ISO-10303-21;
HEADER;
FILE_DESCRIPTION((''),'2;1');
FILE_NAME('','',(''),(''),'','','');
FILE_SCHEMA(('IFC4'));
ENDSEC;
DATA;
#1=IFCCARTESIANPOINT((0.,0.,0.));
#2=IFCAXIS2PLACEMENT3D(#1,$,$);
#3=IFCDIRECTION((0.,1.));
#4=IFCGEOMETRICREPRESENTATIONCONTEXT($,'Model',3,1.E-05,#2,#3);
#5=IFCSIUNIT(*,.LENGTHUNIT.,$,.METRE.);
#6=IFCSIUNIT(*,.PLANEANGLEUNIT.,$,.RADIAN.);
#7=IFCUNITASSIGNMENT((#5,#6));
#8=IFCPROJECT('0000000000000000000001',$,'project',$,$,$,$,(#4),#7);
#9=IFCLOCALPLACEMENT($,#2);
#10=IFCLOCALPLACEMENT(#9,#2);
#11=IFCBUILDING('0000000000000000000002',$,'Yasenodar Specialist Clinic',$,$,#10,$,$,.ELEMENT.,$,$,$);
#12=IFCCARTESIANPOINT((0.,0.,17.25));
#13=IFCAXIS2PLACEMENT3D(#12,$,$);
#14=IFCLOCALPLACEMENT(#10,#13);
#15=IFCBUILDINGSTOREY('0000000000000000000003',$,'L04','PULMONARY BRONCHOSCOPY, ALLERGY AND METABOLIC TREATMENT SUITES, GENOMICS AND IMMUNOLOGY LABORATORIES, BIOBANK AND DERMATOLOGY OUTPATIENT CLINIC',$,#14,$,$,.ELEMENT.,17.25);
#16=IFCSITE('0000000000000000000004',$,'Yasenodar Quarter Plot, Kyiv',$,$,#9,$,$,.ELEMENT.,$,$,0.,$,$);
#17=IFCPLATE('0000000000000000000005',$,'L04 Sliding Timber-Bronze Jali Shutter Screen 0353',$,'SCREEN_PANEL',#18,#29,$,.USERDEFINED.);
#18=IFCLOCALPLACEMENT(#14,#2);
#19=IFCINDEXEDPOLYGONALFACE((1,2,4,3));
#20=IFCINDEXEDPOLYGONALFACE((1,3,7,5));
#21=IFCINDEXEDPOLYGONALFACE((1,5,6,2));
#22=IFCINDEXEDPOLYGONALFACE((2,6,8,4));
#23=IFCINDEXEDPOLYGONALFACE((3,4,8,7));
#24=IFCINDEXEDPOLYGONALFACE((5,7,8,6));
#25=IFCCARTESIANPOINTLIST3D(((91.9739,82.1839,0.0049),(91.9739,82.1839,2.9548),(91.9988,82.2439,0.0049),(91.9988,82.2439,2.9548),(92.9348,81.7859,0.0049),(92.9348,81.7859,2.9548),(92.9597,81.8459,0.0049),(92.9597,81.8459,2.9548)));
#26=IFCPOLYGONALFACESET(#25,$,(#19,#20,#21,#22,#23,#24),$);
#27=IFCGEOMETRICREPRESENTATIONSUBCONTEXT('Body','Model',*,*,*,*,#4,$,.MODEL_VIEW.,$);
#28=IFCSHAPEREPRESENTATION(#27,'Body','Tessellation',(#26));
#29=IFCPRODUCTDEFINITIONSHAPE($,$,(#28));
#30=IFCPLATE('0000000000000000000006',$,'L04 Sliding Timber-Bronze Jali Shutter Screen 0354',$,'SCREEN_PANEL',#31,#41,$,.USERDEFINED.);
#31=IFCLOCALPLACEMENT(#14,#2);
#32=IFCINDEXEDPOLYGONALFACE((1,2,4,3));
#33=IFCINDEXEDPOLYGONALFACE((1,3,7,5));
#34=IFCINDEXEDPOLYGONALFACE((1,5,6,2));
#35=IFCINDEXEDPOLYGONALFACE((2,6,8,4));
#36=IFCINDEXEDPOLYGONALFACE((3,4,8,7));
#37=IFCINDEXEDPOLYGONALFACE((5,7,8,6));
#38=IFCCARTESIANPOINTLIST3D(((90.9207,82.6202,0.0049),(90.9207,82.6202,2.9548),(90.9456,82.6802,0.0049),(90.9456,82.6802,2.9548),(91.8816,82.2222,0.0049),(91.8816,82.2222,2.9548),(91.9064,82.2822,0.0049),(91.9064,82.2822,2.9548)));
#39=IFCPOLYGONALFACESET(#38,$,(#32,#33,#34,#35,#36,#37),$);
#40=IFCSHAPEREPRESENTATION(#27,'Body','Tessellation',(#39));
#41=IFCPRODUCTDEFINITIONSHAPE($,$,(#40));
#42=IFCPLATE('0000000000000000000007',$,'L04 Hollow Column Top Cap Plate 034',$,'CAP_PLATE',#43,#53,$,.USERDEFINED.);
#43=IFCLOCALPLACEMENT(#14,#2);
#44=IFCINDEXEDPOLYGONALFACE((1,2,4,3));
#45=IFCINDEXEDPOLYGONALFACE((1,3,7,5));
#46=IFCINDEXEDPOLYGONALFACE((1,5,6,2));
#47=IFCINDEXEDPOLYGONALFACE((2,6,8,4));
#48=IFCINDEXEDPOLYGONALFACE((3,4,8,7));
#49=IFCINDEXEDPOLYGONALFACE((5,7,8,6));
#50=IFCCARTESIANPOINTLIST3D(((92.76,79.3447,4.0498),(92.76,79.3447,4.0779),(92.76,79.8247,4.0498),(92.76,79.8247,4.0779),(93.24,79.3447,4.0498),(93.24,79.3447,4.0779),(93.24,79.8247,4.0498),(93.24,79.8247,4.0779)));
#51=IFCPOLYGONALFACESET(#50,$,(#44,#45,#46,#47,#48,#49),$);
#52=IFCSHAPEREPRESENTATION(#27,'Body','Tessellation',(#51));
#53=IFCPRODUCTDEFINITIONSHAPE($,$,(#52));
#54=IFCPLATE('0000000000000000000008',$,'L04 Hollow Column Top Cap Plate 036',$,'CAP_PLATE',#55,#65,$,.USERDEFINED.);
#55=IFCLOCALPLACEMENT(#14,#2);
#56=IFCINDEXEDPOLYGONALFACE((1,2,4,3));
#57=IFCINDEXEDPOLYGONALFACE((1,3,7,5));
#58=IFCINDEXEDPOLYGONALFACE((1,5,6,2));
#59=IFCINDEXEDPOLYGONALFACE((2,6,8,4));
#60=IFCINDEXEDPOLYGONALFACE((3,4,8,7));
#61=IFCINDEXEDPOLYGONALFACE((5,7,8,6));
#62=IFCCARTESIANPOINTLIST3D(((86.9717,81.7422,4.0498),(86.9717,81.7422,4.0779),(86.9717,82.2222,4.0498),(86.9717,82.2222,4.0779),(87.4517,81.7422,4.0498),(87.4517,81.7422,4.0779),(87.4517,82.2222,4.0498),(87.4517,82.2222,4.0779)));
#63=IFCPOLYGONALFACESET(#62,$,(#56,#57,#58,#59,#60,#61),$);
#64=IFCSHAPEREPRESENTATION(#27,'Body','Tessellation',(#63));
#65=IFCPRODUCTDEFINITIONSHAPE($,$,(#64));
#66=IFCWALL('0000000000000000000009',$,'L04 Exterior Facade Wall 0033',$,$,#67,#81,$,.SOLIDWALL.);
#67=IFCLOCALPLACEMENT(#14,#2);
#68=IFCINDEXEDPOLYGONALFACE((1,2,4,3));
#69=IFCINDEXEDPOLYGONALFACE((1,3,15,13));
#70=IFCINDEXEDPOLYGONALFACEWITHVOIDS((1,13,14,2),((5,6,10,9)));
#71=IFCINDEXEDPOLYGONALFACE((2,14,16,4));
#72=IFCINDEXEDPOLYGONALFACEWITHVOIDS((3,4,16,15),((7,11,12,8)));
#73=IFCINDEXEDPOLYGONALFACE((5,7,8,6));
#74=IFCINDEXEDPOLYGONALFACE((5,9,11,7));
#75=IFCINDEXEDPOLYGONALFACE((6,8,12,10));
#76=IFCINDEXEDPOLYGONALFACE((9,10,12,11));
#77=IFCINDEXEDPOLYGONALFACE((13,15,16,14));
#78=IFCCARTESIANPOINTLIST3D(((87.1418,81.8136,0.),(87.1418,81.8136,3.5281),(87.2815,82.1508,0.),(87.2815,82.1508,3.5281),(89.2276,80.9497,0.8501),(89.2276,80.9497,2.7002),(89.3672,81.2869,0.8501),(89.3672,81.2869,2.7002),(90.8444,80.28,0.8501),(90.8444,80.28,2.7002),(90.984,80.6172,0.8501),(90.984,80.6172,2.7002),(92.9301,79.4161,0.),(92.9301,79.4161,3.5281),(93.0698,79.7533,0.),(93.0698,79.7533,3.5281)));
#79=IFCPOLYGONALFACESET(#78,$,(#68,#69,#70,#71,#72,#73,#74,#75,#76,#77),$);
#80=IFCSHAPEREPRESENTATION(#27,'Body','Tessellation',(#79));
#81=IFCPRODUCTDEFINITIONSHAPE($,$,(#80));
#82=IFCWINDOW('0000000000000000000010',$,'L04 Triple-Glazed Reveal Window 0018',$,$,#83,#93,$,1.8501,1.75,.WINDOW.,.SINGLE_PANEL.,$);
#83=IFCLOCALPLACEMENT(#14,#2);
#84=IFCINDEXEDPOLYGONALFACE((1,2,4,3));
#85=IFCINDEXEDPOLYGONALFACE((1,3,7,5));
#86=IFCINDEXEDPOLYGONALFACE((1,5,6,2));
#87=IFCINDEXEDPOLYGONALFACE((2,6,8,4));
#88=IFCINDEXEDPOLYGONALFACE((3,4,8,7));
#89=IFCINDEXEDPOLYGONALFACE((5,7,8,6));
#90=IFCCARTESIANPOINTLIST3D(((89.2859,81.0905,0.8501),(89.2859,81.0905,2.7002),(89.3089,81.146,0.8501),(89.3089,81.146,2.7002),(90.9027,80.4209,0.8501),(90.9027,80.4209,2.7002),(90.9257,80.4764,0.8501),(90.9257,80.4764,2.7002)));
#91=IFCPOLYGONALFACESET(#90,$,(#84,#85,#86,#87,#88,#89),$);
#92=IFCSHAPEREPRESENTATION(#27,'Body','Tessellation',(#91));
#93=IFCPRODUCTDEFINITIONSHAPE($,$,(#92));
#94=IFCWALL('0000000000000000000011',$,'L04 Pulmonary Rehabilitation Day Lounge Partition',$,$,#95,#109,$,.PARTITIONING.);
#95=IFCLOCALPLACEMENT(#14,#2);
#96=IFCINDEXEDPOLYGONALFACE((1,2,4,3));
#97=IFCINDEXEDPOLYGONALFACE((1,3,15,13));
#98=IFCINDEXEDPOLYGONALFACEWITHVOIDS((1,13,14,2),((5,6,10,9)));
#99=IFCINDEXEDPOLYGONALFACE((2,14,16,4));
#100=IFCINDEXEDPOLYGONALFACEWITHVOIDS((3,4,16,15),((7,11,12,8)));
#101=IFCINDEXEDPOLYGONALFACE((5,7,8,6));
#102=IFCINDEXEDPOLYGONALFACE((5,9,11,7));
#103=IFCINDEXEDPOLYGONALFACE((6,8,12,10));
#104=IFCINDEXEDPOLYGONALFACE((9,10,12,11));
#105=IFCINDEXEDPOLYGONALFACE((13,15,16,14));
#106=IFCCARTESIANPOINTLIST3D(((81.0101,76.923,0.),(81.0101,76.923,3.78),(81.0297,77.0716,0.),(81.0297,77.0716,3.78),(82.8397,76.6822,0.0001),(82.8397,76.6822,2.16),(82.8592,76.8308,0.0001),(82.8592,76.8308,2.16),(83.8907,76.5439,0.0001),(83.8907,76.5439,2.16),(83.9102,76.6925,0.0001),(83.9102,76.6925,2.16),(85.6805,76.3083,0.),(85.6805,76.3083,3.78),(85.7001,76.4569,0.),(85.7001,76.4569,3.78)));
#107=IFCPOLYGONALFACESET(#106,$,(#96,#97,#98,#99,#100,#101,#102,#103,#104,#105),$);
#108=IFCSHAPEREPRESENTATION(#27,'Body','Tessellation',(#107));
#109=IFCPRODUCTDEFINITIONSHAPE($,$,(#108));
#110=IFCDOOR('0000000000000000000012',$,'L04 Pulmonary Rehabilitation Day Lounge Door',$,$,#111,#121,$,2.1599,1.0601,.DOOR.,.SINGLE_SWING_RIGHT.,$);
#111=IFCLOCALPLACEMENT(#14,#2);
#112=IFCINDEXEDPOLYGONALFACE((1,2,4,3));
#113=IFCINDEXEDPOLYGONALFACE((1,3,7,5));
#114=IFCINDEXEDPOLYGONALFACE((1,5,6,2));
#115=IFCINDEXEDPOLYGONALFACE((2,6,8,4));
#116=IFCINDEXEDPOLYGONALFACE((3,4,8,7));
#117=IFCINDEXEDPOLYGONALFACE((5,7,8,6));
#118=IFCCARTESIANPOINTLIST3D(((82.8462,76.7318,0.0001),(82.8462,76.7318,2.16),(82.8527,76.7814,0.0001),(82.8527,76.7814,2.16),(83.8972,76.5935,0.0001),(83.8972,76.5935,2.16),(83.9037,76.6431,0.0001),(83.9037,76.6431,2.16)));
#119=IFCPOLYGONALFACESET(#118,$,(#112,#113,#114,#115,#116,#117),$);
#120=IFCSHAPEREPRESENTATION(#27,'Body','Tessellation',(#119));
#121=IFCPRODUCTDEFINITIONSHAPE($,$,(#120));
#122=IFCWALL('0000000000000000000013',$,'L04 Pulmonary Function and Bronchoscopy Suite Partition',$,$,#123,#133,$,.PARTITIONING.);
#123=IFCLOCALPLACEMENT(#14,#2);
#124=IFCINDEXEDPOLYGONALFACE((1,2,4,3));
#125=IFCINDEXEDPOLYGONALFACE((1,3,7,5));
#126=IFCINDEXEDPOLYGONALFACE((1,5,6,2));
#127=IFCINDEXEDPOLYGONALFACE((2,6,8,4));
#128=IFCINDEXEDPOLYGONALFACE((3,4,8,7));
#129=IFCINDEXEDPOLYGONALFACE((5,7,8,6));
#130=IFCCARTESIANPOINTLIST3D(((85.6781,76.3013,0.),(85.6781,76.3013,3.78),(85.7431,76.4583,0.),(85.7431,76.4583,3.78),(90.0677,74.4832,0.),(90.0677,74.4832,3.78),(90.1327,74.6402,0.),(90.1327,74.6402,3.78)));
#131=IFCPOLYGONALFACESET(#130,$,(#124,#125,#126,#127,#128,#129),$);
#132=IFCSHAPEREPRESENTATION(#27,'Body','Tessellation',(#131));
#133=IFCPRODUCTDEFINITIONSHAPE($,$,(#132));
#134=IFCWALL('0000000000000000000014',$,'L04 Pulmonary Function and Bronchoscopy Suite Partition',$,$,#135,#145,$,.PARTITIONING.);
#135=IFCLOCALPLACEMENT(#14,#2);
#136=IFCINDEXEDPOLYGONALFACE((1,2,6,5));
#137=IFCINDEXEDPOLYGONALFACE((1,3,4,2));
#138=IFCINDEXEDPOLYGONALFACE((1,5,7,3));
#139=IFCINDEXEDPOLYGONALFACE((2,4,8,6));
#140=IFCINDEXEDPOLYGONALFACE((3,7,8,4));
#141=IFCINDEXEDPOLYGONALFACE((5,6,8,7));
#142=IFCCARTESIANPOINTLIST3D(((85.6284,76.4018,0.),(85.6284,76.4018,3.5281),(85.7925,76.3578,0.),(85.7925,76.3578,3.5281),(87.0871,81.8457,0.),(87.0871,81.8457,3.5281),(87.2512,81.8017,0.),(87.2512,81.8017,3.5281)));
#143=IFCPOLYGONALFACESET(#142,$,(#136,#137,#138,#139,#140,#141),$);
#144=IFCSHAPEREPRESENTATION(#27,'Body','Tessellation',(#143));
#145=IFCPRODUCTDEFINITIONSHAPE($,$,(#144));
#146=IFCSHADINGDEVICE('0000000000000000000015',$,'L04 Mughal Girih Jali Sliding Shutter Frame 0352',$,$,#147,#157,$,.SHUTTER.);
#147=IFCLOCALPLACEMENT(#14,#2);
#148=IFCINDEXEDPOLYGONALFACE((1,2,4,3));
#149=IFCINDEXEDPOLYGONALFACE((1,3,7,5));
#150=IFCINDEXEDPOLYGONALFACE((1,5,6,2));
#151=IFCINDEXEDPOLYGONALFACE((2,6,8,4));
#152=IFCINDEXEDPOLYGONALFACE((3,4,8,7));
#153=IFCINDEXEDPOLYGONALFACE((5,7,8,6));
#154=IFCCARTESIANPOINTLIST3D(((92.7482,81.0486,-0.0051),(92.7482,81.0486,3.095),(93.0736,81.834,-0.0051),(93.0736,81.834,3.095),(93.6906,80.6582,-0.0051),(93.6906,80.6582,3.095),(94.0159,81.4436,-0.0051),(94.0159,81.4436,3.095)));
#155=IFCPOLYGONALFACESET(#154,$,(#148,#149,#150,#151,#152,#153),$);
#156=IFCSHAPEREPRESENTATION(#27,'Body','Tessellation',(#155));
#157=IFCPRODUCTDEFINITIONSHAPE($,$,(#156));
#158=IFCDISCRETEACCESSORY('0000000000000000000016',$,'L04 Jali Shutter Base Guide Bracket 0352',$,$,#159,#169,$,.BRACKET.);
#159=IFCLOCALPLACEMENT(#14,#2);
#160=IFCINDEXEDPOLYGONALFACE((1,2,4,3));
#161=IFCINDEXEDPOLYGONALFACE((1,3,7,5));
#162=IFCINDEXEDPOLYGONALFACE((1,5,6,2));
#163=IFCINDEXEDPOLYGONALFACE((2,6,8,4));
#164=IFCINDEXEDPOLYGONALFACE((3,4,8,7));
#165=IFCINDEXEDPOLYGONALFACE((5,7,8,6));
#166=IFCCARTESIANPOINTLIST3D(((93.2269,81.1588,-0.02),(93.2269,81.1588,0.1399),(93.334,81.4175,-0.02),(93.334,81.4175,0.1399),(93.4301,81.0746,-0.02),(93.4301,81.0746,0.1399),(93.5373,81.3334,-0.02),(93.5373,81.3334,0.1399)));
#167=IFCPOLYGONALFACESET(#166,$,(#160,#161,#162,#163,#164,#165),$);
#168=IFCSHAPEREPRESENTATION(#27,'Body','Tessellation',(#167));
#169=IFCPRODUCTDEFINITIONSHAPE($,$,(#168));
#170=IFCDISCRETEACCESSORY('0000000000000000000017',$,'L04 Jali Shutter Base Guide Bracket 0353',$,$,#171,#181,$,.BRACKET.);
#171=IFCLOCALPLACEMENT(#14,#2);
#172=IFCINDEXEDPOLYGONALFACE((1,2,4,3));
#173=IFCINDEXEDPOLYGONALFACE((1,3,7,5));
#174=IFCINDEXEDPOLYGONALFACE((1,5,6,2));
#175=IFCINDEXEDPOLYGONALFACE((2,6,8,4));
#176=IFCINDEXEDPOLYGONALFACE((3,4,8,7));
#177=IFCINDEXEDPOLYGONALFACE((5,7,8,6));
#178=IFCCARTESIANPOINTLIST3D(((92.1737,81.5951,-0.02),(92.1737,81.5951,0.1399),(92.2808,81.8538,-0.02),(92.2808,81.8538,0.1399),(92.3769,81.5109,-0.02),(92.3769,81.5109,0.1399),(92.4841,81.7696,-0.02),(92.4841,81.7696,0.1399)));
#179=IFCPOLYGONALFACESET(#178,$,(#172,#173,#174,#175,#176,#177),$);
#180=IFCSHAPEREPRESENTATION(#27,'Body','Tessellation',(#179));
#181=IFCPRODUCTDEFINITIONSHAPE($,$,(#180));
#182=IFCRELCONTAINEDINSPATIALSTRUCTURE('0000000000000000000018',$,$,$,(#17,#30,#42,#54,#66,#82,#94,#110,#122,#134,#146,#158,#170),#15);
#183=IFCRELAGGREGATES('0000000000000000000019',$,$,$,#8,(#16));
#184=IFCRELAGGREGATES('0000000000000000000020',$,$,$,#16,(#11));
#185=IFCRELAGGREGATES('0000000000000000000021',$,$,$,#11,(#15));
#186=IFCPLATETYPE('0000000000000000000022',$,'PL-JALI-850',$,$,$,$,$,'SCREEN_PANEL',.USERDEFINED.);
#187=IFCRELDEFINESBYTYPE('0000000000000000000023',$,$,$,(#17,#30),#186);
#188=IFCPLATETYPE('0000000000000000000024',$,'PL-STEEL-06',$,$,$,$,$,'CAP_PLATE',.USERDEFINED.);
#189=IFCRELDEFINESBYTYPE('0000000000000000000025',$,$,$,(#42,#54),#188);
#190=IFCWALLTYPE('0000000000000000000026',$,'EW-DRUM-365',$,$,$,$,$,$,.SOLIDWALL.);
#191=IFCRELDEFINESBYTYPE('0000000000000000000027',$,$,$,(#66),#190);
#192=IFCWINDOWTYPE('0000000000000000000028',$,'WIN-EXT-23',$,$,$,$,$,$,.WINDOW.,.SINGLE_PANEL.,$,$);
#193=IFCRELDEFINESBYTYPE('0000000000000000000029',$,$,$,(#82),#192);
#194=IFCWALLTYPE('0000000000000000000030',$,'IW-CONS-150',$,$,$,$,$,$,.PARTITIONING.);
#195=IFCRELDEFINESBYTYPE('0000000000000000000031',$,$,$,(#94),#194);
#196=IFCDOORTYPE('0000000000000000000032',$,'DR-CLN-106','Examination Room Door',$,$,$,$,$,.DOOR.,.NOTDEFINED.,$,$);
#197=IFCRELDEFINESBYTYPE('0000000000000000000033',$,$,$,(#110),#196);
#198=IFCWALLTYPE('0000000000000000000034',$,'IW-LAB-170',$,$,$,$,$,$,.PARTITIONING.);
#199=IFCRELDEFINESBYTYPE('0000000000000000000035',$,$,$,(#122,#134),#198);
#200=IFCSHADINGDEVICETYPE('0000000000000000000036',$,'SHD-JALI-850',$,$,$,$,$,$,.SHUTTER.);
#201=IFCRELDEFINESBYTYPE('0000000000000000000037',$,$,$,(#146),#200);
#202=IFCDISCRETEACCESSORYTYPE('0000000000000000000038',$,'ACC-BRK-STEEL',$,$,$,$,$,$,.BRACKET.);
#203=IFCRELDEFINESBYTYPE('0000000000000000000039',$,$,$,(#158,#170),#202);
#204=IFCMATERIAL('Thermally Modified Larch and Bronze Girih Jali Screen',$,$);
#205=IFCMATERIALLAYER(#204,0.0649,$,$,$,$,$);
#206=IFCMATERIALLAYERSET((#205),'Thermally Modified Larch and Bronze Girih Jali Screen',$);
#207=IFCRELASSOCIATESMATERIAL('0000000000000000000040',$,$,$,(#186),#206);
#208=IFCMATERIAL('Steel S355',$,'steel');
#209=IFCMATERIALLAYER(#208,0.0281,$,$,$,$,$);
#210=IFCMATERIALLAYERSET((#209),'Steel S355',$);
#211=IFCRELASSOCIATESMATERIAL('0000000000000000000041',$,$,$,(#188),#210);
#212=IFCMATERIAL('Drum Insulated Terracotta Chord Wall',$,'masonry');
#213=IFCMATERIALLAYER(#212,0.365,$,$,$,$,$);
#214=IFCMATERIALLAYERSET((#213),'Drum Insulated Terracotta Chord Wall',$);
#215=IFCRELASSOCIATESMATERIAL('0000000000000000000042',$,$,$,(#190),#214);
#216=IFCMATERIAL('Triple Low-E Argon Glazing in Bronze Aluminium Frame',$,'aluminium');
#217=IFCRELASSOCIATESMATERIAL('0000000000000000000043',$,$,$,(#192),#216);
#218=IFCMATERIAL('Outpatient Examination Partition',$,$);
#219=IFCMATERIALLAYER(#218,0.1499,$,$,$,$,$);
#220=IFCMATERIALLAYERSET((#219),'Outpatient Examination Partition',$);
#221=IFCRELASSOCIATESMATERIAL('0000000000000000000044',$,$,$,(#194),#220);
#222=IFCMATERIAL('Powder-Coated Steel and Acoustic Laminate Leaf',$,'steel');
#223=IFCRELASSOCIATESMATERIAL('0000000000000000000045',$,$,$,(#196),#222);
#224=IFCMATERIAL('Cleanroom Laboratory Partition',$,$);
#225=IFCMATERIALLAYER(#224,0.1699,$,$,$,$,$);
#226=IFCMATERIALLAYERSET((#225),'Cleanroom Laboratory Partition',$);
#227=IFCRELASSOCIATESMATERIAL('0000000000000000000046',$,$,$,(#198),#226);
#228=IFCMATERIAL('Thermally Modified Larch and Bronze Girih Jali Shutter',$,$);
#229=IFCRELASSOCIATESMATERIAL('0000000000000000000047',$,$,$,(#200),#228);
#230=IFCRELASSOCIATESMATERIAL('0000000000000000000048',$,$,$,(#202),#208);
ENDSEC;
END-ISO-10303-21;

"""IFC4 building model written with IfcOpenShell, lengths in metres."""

from ifc_helpers import new_model, si_unit, direction, frame, frame_2d, origin, origin_2d, place, context, subcontext, project, spatial, rectangle, extrude, material, layer, layer_set, type_object, element, fill, save


model = new_model("IFC4")

# Units and contexts
model_context = context("Model", 3, precision=1e-05, world=origin(), true_north=direction((0.0, 1.0)))
body_context = subcontext(model_context, "Body", "Model", "MODEL_VIEW")
ifc_project = project(units=[si_unit("LENGTHUNIT", "METRE"), si_unit("PLANEANGLEUNIT", "RADIAN")], contexts=[model_context])

# Site, building, storey
site_placement = place(None, origin())
site = spatial("IfcSite", under=ifc_project, at=site_placement, Name="Yasenodar Quarter Plot, Kyiv", CompositionType="ELEMENT", RefElevation=0.0)
building_placement = place(site_placement, origin())
building = spatial("IfcBuilding", under=site, at=building_placement, Name="Yasenodar Specialist Clinic", CompositionType="ELEMENT")
storey_placement = place(building_placement, frame((0.0, 0.0, 17.25)))
storey = spatial("IfcBuildingStorey", under=building, at=storey_placement, Name="L04", Description="PULMONARY BRONCHOSCOPY, ALLERGY AND METABOLIC TREATMENT SUITES, GENOMICS AND IMMUNOLOGY LABORATORIES, BIOBANK AND DERMATOLOGY OUTPATIENT CLINIC", CompositionType="ELEMENT", Elevation=17.25)

# Shared definitions
ifc_material_1 = material(Name="Steel S355", Category="steel")

# Plates
ifc_material_2 = material(Name="Thermally Modified Larch and Bronze Girih Jali Screen")
ifc_layer_1 = layer(ifc_material_2, 0.0649)
ifc_layer_set_1 = layer_set([ifc_layer_1], Name="Thermally Modified Larch and Bronze Girih Jali Screen")
plate_type_1 = type_object("IfcPlateType", Name="PL-JALI-850", ElementType="SCREEN_PANEL", PredefinedType="USERDEFINED", material=ifc_layer_set_1)
for number, where, z_axis, x_axis, name in (
    (1, (92.4668, 82.0149, 0.0049), (0.0, 0.0, 1.0), (-0.923878, 0.382687, 0.0), "L04 Sliding Timber-Bronze Jali Shutter Screen 0353"),
    (2, (91.4136, 82.4512, 0.0049), (0.0, 0.0, 1.0), (-0.923878, 0.382687, 0.0), "L04 Sliding Timber-Bronze Jali Shutter Screen 0354"),
):
    element("IfcPlate", number, at=place(storey_placement, frame(where, z_axis=z_axis, x_axis=x_axis)), inside=storey, type_object=plate_type_1, Name=name, ObjectType="SCREEN_PANEL", PredefinedType="USERDEFINED", context=body_context, shape_type="SweptSolid", body=[
        extrude(rectangle(XDim=1.04, YDim=0.0649, at=origin_2d()), origin(), (0.0, 0.0, 1.0), 2.95),
    ])
ifc_layer_2 = layer(ifc_material_1, 0.0281)
ifc_layer_set_2 = layer_set([ifc_layer_2], Name="Steel S355")
plate_type_2 = type_object("IfcPlateType", Name="PL-STEEL-06", ElementType="CAP_PLATE", PredefinedType="USERDEFINED", material=ifc_layer_set_2)
for number, where, z_axis, x_axis, name in (
    (3, (93.0, 79.5847, 4.0498), (0.0, 0.0, 1.0), (1.0, 0.0, 0.0), "L04 Hollow Column Top Cap Plate 034"),
    (4, (87.2117, 81.9822, 4.0498), (0.0, 0.0, 1.0), (1.0, 0.0, 0.0), "L04 Hollow Column Top Cap Plate 036"),
):
    element("IfcPlate", number, at=place(storey_placement, frame(where, z_axis=z_axis, x_axis=x_axis)), inside=storey, type_object=plate_type_2, Name=name, ObjectType="CAP_PLATE", PredefinedType="USERDEFINED", context=body_context, shape_type="SweptSolid", body=[
        extrude(rectangle(XDim=0.48, YDim=0.48, at=origin_2d()), origin(), (0.0, 0.0, 1.0), 0.0281),
    ])

# Wall, opening, window
ifc_material_3 = material(Name="Drum Insulated Terracotta Chord Wall", Category="masonry")
ifc_layer_3 = layer(ifc_material_3, 0.365)
ifc_layer_set_3 = layer_set([ifc_layer_3], Name="Drum Insulated Terracotta Chord Wall")
wall_type_1 = type_object("IfcWallType", Name="EW-DRUM-365", PredefinedType="SOLIDWALL", material=ifc_layer_set_3)
wall_1_placement = place(storey_placement, frame((87.2117, 81.9822, 0.0), z_axis=(0.0, 0.0, 1.0), x_axis=(0.923888, -0.382664, 0.0)))
wall_1 = element("IfcWall", 5, at=wall_1_placement, inside=storey, type_object=wall_type_1, Name="L04 Exterior Facade Wall 0033", PredefinedType="SOLIDWALL", context=body_context, shape_type="SweptSolid", body=[
    extrude(rectangle(XDim=6.2651, YDim=0.365, at=frame_2d((3.1326, 0.0))), origin(), (0.0, 0.0, 1.0), 3.5281),
])
opening_1_placement = place(wall_1_placement, frame((2.2576, 0.0, 0.8501)))
opening_1 = element("IfcOpeningElement", 6, at=opening_1_placement, cuts=wall_1, PredefinedType="OPENING", context=body_context, shape_type="SweptSolid", body=[
    extrude(rectangle(XDim=1.75, YDim=1.8501, at=frame_2d((0.875, 0.925))), frame((0.0, 0.1924, 0.0), z_axis=(0.0, -1.0, 0.0), x_axis=(1.0, 0.0, 0.0)), (0.0, 0.0, 1.0), 0.385),
])
ifc_material_4 = material(Name="Triple Low-E Argon Glazing in Bronze Aluminium Frame", Category="aluminium")
window_type = type_object("IfcWindowType", Name="WIN-EXT-23", PartitioningType="SINGLE_PANEL", PredefinedType="WINDOW", material=ifc_material_4)
window_placement = place(opening_1_placement, origin())
window = element("IfcWindow", 7, at=window_placement, inside=storey, type_object=window_type, Name="L04 Triple-Glazed Reveal Window 0018", OverallHeight=1.8501, OverallWidth=1.75, PartitioningType="SINGLE_PANEL", PredefinedType="WINDOW", context=body_context, shape_type="SweptSolid", body=[
    extrude(rectangle(XDim=1.75, YDim=1.8501, at=frame_2d((0.875, 0.925))), frame((0.0, 0.03, 0.0), z_axis=(0.0, -1.0, 0.0), x_axis=(1.0, 0.0, 0.0)), (0.0, 0.0, 1.0), 0.0601),
])
fill(opening_1, window)

# Wall, opening, door
ifc_material_5 = material(Name="Outpatient Examination Partition")
ifc_layer_4 = layer(ifc_material_5, 0.1499)
ifc_layer_set_4 = layer_set([ifc_layer_4], Name="Outpatient Examination Partition")
wall_type_2 = type_object("IfcWallType", Name="IW-CONS-150", PredefinedType="PARTITIONING", material=ifc_layer_set_4)
wall_2_placement = place(storey_placement, frame((85.6904, 76.3826, 0.0), z_axis=(0.0, 0.0, 1.0), x_axis=(-0.991448, 0.1305, 0.0)))
wall_2 = element("IfcWall", 8, at=wall_2_placement, inside=storey, type_object=wall_type_2, Name="L04 Pulmonary Rehabilitation Day Lounge Partition", PredefinedType="PARTITIONING", context=body_context, shape_type="SweptSolid", body=[
    extrude(rectangle(XDim=4.7107, YDim=0.1499, at=frame_2d((2.3555, 0.0))), origin(), (0.0, 0.0, 1.0), 3.78),
])
opening_2_placement = place(wall_2_placement, frame((1.8054, 0.0, 0.0)))
opening_2 = element("IfcOpeningElement", 9, at=opening_2_placement, cuts=wall_2, PredefinedType="OPENING", context=body_context, shape_type="SweptSolid", body=[
    extrude(rectangle(XDim=1.0601, YDim=2.1599, at=frame_2d((0.53, 1.0801))), frame((0.0, 0.085, 0.0), z_axis=(0.0, -1.0, 0.0), x_axis=(1.0, 0.0, 0.0)), (0.0, 0.0, 1.0), 0.1699),
])
ifc_material_6 = material(Name="Powder-Coated Steel and Acoustic Laminate Leaf", Category="steel")
door_type = type_object("IfcDoorType", Name="DR-CLN-106", Description="Examination Room Door", OperationType="NOTDEFINED", PredefinedType="DOOR", material=ifc_material_6)
door_placement = place(opening_2_placement, origin())
door = element("IfcDoor", 10, at=door_placement, inside=storey, type_object=door_type, Name="L04 Pulmonary Rehabilitation Day Lounge Door", OperationType="SINGLE_SWING_RIGHT", OverallHeight=2.1599, OverallWidth=1.0601, PredefinedType="DOOR", context=body_context, shape_type="SweptSolid", body=[
    extrude(rectangle(XDim=1.0601, YDim=2.1599, at=frame_2d((0.53, 1.0801))), frame((0.0, 0.0249, 0.0), z_axis=(0.0, -1.0, 0.0), x_axis=(1.0, 0.0, 0.0)), (0.0, 0.0, 1.0), 0.05),
])
fill(opening_2, door)

# Walls
ifc_material_7 = material(Name="Cleanroom Laboratory Partition")
ifc_layer_5 = layer(ifc_material_7, 0.1699)
ifc_layer_set_5 = layer_set([ifc_layer_5], Name="Cleanroom Laboratory Partition")
wall_type_3 = type_object("IfcWallType", Name="IW-LAB-170", PredefinedType="PARTITIONING", material=ifc_layer_set_5)
wall_3_placement = place(storey_placement, frame((90.1001, 74.5618, 0.0), z_axis=(0.0, 0.0, 1.0), x_axis=(-0.92389, 0.382659, 0.0)))
element("IfcWall", 11, at=wall_3_placement, inside=storey, type_object=wall_type_3, Name="L04 Pulmonary Function and Bronchoscopy Suite Partition", PredefinedType="PARTITIONING", context=body_context, shape_type="SweptSolid", body=[
    extrude(rectangle(XDim=4.7512, YDim=0.1699, at=frame_2d((2.3755, 0.0))), origin(), (0.0, 0.0, 1.0), 3.78),
])
wall_4_placement = place(storey_placement, frame((85.7104, 76.3799, 0.0), z_axis=(0.0, 0.0, 1.0), x_axis=(0.25883, 0.965923, 0.0)))
element("IfcWall", 12, at=wall_4_placement, inside=storey, type_object=wall_type_3, Name="L04 Pulmonary Function and Bronchoscopy Suite Partition", PredefinedType="PARTITIONING", context=body_context, shape_type="SweptSolid", body=[
    extrude(rectangle(XDim=5.636, YDim=0.1699, at=frame_2d((2.8179, 0.0))), origin(), (0.0, 0.0, 1.0), 3.5281),
])

# Shading device
ifc_material_8 = material(Name="Thermally Modified Larch and Bronze Girih Jali Shutter")
shading_device_type = type_object("IfcShadingDeviceType", Name="SHD-JALI-850", PredefinedType="SHUTTER", material=ifc_material_8)
shading_device_placement = place(storey_placement, frame((93.3821, 81.2461, -0.0051), z_axis=(0.0, 0.0, 1.0), x_axis=(-0.923878, 0.382687, 0.0)))
element("IfcShadingDevice", 13, at=shading_device_placement, inside=storey, type_object=shading_device_type, Name="L04 Mughal Girih Jali Sliding Shutter Frame 0352", PredefinedType="SHUTTER", context=body_context, shape_type="SweptSolid", body=[
    extrude(rectangle(XDim=1.02, YDim=0.8501, at=origin_2d()), origin(), (0.0, 0.0, 1.0), 3.1001),
])

# Discrete accessories
discrete_accessory_type = type_object("IfcDiscreteAccessoryType", Name="ACC-BRK-STEEL", PredefinedType="BRACKET", material=ifc_material_1)
for number, where, z_axis, x_axis, name in (
    (14, (93.3821, 81.2461, -0.02), (0.0, 0.0, 1.0), (-0.923878, 0.382687, 0.0), "L04 Jali Shutter Base Guide Bracket 0352"),
    (15, (92.3289, 81.6824, -0.02), (0.0, 0.0, 1.0), (-0.923878, 0.382687, 0.0), "L04 Jali Shutter Base Guide Bracket 0353"),
):
    element("IfcDiscreteAccessory", number, at=place(storey_placement, frame(where, z_axis=z_axis, x_axis=x_axis)), inside=storey, type_object=discrete_accessory_type, Name=name, PredefinedType="BRACKET", context=body_context, shape_type="SweptSolid", body=[
        extrude(rectangle(XDim=0.22, YDim=0.28, at=origin_2d()), origin(), (0.0, 0.0, 1.0), 0.1599),
    ])

save(model, "model.ifc")
